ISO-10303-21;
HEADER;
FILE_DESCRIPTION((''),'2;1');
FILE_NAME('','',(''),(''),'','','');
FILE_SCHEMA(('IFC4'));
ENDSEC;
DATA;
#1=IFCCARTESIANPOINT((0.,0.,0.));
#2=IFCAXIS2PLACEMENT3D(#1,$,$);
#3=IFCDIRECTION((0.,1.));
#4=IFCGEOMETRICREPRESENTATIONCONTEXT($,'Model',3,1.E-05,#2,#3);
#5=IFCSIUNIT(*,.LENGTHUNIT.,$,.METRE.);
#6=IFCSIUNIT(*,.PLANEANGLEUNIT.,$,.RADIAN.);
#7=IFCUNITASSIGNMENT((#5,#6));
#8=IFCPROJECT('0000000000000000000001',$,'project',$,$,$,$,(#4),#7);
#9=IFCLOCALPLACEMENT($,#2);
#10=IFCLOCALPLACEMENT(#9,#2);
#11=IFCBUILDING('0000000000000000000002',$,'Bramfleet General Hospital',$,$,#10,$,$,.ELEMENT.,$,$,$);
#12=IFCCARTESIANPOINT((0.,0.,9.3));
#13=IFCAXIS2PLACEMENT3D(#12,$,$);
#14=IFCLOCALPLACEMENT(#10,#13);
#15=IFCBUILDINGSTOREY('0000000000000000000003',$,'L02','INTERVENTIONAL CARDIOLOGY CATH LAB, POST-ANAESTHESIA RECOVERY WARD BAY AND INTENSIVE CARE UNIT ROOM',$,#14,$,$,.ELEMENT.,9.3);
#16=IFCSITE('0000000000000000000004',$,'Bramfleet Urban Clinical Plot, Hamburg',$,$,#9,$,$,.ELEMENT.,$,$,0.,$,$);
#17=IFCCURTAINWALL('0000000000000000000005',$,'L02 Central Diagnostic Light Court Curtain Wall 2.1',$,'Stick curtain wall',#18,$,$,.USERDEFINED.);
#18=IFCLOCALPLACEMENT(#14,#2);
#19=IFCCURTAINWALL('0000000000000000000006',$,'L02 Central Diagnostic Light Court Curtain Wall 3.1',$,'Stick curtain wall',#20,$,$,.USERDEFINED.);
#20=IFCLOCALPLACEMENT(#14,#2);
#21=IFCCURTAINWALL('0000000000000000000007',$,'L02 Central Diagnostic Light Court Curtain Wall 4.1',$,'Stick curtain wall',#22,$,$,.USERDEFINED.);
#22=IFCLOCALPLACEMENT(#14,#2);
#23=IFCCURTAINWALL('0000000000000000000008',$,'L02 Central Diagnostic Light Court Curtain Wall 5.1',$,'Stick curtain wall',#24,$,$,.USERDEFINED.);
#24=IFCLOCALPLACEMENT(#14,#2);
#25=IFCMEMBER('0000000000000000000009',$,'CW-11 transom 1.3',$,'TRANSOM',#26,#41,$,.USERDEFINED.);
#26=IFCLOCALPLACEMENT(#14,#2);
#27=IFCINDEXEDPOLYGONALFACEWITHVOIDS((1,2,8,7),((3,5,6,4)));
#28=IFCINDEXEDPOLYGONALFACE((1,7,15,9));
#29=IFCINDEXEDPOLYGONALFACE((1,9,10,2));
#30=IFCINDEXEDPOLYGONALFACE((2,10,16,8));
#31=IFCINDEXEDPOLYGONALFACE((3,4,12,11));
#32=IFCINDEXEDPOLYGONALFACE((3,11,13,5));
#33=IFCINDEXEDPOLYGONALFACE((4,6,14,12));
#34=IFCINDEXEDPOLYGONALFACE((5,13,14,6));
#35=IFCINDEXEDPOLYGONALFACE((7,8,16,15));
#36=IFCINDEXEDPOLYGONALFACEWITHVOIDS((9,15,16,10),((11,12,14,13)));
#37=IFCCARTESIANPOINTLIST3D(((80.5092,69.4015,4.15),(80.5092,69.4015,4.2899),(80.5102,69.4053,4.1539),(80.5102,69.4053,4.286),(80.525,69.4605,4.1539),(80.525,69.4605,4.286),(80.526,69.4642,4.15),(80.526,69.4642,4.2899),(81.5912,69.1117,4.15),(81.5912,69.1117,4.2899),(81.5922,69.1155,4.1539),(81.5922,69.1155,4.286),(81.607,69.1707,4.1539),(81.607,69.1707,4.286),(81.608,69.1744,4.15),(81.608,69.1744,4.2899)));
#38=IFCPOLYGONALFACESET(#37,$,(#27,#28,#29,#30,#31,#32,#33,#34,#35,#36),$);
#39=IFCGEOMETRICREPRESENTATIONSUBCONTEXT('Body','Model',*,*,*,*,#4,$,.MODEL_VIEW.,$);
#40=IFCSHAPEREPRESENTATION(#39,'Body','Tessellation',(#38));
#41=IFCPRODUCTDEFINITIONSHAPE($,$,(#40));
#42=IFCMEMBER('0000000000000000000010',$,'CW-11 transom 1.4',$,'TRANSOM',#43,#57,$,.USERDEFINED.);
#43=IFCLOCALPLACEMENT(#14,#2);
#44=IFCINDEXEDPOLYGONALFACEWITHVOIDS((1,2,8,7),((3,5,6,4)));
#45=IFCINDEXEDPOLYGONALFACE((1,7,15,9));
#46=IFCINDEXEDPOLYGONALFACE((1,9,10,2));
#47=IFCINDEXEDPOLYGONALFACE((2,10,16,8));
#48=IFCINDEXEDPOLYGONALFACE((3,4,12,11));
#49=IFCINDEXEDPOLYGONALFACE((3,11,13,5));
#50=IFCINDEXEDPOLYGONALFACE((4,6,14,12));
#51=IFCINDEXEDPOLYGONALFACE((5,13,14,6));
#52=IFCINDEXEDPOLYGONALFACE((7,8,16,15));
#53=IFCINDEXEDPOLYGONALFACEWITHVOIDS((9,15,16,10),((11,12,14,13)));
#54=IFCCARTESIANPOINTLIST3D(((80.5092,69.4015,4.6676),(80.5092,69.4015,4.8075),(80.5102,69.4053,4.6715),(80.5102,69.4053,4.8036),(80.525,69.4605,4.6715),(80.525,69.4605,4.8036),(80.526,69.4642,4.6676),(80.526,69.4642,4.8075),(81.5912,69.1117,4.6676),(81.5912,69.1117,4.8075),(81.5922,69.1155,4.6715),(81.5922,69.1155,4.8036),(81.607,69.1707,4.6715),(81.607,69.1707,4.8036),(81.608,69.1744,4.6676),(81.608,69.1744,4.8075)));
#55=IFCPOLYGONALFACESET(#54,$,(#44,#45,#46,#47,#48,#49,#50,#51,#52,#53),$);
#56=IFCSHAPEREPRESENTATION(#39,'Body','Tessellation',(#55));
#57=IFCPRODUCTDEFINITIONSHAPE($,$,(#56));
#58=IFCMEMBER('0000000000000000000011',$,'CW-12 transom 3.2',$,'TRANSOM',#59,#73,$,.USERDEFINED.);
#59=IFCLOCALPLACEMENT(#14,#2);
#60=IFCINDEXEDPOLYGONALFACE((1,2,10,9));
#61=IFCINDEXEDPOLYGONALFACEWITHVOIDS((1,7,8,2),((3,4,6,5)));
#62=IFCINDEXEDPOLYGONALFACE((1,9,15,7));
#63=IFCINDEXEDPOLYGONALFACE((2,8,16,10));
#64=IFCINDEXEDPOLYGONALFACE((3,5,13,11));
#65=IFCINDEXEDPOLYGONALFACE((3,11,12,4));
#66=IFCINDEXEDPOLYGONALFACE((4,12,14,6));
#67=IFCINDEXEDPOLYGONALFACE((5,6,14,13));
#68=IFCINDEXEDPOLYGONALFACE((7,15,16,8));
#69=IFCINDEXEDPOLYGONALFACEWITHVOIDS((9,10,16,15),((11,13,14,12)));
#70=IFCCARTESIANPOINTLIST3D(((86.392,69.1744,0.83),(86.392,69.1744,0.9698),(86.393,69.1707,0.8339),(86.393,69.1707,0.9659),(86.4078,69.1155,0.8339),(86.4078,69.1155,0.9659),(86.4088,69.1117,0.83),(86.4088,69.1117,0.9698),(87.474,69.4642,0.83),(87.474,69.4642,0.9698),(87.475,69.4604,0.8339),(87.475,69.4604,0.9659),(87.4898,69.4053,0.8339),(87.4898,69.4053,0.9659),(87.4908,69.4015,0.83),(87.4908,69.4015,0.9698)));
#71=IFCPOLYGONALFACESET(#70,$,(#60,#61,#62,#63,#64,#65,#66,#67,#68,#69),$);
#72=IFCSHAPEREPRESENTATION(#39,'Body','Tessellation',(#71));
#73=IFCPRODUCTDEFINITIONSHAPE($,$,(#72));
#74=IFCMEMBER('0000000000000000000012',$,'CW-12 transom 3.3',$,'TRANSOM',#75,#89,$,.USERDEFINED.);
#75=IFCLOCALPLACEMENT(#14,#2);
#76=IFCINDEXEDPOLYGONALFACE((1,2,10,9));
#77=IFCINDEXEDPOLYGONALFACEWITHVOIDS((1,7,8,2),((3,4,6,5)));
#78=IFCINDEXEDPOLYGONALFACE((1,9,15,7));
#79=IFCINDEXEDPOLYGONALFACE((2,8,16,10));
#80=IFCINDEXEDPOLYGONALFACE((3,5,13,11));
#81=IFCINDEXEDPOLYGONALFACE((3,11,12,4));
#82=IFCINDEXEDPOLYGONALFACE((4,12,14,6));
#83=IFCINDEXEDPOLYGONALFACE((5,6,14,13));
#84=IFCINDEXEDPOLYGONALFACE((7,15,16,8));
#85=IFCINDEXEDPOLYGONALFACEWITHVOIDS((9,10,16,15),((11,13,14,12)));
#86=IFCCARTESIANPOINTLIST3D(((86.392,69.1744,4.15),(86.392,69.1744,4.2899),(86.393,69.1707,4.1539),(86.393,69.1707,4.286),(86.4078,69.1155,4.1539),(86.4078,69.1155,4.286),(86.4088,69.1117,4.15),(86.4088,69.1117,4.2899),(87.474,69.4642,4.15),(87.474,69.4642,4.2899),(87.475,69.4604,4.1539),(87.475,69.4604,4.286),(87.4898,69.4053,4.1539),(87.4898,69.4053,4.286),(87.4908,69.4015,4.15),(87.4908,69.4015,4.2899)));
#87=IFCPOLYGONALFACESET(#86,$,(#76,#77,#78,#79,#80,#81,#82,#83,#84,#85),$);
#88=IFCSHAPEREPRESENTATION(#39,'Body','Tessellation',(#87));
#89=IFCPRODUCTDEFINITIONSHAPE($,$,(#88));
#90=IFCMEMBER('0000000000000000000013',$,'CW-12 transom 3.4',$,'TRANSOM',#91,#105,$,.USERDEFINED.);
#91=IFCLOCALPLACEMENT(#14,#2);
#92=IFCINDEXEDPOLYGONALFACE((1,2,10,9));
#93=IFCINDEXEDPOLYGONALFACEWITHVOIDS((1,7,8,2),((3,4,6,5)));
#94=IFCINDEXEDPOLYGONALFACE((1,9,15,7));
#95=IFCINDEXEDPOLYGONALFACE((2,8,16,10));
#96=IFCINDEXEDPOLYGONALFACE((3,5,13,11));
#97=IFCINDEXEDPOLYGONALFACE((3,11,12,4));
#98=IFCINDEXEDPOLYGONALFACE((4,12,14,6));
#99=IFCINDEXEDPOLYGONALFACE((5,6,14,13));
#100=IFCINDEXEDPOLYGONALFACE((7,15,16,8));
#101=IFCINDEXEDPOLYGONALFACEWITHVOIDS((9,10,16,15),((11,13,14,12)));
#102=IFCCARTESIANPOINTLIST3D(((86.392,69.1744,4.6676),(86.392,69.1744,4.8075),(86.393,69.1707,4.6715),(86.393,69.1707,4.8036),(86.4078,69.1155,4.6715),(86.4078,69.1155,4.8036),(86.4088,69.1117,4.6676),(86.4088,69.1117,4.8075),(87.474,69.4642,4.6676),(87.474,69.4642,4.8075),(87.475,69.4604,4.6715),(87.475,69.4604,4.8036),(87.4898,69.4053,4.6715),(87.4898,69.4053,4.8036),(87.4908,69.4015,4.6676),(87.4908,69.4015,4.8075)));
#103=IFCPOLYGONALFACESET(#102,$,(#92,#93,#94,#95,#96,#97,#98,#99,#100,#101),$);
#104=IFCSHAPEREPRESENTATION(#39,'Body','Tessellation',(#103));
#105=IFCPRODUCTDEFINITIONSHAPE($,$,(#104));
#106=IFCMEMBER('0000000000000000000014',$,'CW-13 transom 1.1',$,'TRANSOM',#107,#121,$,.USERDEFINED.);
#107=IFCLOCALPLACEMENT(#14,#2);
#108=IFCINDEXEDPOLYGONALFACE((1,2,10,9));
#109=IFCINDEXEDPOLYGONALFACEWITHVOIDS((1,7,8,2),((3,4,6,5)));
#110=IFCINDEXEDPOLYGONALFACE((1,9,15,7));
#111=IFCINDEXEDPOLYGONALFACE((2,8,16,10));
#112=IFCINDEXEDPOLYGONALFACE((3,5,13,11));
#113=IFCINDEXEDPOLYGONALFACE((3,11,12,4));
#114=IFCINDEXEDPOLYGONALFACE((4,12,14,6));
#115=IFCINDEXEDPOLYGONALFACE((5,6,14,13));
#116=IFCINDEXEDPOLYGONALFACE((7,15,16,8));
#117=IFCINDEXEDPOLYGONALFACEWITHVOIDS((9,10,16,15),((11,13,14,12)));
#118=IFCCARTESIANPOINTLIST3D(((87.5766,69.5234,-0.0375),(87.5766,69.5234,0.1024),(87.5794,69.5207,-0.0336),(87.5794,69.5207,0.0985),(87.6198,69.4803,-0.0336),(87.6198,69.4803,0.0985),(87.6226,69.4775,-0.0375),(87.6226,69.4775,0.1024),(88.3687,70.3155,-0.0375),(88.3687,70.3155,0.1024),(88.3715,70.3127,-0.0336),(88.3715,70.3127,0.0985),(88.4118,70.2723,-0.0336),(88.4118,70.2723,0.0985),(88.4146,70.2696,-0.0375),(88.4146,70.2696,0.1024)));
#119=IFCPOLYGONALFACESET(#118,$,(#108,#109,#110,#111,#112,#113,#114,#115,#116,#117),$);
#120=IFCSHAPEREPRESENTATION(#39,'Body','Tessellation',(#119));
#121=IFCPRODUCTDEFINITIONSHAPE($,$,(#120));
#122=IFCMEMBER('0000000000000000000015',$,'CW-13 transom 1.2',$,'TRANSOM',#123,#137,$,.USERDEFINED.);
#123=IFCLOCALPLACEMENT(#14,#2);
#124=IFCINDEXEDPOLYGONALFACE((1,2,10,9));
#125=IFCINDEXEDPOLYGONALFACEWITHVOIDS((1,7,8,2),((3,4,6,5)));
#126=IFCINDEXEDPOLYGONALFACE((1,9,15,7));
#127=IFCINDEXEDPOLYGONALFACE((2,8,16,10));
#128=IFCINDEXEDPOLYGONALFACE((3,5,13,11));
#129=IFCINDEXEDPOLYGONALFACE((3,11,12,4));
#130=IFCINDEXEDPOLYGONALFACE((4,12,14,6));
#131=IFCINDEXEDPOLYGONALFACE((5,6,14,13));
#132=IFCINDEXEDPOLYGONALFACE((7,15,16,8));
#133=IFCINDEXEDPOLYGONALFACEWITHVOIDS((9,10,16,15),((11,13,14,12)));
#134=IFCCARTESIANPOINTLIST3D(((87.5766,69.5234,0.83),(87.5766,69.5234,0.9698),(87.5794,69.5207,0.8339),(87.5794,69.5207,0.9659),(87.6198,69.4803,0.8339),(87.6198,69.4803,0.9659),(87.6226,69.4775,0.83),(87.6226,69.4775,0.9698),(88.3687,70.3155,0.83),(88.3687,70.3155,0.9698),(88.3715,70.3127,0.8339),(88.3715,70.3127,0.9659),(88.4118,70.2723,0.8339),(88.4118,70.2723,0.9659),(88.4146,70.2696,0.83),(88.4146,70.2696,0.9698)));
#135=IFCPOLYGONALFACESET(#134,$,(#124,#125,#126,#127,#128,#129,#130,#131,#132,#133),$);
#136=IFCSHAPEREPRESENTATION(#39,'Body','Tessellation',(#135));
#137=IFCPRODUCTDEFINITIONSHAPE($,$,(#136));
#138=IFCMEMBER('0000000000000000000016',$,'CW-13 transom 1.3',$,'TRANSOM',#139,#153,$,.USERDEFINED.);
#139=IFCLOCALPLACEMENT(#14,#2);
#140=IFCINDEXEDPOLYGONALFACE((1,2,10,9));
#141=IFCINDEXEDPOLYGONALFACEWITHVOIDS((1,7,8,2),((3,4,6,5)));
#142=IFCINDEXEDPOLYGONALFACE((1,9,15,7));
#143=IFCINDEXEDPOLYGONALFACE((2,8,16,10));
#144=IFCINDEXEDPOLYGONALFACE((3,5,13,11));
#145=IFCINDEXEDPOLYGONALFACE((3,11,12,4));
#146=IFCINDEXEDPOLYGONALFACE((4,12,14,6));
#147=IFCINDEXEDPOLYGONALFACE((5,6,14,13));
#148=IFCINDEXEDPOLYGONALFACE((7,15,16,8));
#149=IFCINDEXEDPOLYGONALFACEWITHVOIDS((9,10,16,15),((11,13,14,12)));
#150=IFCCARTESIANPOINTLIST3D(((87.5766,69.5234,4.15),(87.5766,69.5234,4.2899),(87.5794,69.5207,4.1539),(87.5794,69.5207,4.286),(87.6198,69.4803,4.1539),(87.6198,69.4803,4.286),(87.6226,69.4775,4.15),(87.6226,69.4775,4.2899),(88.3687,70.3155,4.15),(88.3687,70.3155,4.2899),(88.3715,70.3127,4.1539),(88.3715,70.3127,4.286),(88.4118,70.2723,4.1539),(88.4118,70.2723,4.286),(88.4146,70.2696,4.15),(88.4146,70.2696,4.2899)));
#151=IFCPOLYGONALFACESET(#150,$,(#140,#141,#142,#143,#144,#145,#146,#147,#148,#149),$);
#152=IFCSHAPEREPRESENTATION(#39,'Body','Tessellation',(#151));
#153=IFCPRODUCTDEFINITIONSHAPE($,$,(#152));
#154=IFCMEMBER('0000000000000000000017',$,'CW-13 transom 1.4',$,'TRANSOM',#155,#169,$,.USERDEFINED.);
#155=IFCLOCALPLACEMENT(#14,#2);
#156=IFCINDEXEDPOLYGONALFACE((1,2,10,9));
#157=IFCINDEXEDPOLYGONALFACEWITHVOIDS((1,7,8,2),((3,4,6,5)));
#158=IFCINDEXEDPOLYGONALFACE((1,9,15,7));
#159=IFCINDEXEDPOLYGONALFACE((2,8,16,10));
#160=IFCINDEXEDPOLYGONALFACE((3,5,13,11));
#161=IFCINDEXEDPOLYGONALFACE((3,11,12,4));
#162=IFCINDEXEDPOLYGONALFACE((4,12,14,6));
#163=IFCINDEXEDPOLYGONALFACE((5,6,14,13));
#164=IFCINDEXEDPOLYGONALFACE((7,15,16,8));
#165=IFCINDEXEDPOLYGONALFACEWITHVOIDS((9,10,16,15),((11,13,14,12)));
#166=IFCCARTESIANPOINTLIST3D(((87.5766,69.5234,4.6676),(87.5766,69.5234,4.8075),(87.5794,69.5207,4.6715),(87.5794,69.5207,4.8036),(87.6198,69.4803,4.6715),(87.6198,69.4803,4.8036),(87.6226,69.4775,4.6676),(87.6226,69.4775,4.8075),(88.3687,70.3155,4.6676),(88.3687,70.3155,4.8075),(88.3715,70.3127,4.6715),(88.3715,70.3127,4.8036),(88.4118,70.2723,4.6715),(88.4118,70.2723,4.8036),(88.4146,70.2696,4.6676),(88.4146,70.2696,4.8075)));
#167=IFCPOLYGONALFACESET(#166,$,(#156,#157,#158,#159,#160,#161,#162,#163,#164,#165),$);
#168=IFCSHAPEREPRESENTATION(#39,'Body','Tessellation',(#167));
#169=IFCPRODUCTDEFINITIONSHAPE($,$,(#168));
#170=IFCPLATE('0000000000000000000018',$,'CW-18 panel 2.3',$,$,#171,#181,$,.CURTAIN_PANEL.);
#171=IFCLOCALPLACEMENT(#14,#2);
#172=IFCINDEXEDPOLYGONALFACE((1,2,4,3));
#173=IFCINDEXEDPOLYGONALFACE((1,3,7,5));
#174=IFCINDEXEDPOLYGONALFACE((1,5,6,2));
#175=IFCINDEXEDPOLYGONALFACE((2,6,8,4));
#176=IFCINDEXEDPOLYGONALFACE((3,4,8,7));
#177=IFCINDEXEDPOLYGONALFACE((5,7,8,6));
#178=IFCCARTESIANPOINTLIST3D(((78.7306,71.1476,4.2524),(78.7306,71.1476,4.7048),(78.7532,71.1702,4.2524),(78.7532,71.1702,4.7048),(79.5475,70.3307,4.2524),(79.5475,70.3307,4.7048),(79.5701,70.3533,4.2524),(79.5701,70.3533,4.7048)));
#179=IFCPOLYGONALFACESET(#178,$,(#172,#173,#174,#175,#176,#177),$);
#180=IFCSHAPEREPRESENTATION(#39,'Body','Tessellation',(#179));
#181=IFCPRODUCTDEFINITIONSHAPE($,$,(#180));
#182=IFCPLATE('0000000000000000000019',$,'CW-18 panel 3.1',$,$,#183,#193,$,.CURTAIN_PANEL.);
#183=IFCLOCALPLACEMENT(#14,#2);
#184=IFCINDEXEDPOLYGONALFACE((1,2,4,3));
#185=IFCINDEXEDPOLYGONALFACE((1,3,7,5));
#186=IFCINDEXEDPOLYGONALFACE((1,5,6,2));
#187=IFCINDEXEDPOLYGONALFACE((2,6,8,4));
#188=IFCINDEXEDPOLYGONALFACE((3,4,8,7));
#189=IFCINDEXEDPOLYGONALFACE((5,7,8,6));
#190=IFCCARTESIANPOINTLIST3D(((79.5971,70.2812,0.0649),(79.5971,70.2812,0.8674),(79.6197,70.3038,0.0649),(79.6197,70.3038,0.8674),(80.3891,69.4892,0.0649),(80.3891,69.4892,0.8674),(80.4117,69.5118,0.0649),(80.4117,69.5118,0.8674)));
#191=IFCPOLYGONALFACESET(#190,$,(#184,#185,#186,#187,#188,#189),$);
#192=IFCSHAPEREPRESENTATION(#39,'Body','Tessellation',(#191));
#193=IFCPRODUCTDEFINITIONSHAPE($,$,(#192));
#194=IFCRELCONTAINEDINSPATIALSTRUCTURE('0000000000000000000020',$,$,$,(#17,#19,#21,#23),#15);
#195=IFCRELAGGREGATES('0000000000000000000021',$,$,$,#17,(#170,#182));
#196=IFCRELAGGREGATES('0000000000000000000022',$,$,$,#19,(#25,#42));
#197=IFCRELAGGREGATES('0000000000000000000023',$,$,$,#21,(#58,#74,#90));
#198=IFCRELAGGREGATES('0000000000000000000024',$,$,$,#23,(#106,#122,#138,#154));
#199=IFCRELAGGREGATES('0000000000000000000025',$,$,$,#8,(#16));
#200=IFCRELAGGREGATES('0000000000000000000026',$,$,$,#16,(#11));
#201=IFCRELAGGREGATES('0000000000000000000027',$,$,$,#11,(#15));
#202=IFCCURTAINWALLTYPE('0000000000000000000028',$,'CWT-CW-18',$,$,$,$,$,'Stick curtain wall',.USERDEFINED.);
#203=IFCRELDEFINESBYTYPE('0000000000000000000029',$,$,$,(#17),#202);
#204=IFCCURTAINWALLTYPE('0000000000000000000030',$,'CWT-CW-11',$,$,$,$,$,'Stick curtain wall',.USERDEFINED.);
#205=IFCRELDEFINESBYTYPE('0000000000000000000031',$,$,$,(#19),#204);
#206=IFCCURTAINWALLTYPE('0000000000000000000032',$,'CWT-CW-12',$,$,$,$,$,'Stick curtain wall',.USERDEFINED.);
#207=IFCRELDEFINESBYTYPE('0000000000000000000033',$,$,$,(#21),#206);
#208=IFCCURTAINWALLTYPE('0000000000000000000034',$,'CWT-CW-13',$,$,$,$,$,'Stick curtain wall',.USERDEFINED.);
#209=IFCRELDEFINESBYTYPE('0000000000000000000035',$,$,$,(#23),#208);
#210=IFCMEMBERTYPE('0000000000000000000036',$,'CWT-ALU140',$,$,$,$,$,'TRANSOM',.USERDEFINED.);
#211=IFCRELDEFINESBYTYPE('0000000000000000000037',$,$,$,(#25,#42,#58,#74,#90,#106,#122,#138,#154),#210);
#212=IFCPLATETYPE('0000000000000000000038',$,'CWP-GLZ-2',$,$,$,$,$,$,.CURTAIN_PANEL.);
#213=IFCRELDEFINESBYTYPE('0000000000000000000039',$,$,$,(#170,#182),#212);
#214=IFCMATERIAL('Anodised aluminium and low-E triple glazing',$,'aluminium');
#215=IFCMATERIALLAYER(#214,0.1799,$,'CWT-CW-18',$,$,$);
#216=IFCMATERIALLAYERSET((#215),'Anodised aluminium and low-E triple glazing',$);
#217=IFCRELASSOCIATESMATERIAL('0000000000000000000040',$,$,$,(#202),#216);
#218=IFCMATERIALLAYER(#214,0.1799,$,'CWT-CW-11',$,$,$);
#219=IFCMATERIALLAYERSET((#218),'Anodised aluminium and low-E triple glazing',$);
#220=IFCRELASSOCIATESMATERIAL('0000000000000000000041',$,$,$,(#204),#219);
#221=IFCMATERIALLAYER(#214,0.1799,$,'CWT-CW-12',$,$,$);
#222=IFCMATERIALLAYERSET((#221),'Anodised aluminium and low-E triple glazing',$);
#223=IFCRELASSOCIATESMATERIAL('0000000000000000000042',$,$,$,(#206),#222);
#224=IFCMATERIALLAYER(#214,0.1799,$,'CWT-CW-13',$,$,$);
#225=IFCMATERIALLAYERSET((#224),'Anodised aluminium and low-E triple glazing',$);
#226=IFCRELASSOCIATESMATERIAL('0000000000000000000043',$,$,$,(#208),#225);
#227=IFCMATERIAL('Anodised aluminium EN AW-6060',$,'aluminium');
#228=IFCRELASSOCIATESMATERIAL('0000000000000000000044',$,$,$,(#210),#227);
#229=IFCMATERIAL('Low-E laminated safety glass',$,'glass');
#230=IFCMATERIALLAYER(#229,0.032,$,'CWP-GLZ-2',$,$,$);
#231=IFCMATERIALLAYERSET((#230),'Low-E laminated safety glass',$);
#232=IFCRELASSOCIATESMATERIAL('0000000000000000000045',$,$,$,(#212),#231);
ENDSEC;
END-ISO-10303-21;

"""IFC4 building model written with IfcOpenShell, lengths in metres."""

from ifc_helpers import new_model, si_unit, direction, frame, origin, origin_2d, place, context, subcontext, project, spatial, rectangle, hollow_rectangle, extrude, material, layer, layer_set, material_profile, profile_set, type_object, element, aggregate, save


model = new_model("IFC4")

# Units and contexts
model_context = context("Model", 3, precision=1e-05, world=origin(), true_north=direction((0.0, 1.0)))
body_context = subcontext(model_context, "Body", "Model", "MODEL_VIEW")
ifc_project = project(units=[si_unit("LENGTHUNIT", "METRE"), si_unit("PLANEANGLEUNIT", "RADIAN")], contexts=[model_context])

# Site, building, storey
site_placement = place(None, origin())
site = spatial("IfcSite", under=ifc_project, at=site_placement, Name="Bramfleet Urban Clinical Plot, Hamburg", CompositionType="ELEMENT", RefElevation=0.0)
building_placement = place(site_placement, origin())
building = spatial("IfcBuilding", under=site, at=building_placement, Name="Bramfleet General Hospital", CompositionType="ELEMENT")
storey_placement = place(building_placement, frame((0.0, 0.0, 9.3)))
storey = spatial("IfcBuildingStorey", under=building, at=storey_placement, Name="L02", Description="INTERVENTIONAL CARDIOLOGY CATH LAB, POST-ANAESTHESIA RECOVERY WARD BAY AND INTENSIVE CARE UNIT ROOM", CompositionType="ELEMENT", Elevation=9.3)

# Curtain wall
ifc_material_1 = material(Name="Anodised aluminium and low-E triple glazing", Category="aluminium")
ifc_layer_1 = layer(ifc_material_1, 0.1799, Name="CWT-CW-18")
ifc_layer_set_1 = layer_set([ifc_layer_1], Name="Anodised aluminium and low-E triple glazing")
curtain_wall_type_1 = type_object("IfcCurtainWallType", Name="CWT-CW-18", ElementType="Stick curtain wall", PredefinedType="USERDEFINED", material=ifc_layer_set_1)
curtain_wall_1_placement = place(storey_placement, origin())
curtain_wall_1 = element("IfcCurtainWall", 1, at=curtain_wall_1_placement, inside=storey, type_object=curtain_wall_type_1, Name="L02 Central Diagnostic Light Court Curtain Wall 2.1", ObjectType="Stick curtain wall", PredefinedType="USERDEFINED")
ifc_material_2 = material(Name="Anodised aluminium EN AW-6060", Category="aluminium")

# Curtain walls
ifc_layer_2 = layer(ifc_material_1, 0.1799, Name="CWT-CW-11")
ifc_layer_set_2 = layer_set([ifc_layer_2], Name="Anodised aluminium and low-E triple glazing")
curtain_wall_type_2 = type_object("IfcCurtainWallType", Name="CWT-CW-11", ElementType="Stick curtain wall", PredefinedType="USERDEFINED", material=ifc_layer_set_2)
curtain_wall_2_placement = place(storey_placement, origin())
curtain_wall_2 = element("IfcCurtainWall", 2, at=curtain_wall_2_placement, inside=storey, type_object=curtain_wall_type_2, Name="L02 Central Diagnostic Light Court Curtain Wall 3.1", ObjectType="Stick curtain wall", PredefinedType="USERDEFINED")
ifc_layer_3 = layer(ifc_material_1, 0.1799, Name="CWT-CW-12")
ifc_layer_set_3 = layer_set([ifc_layer_3], Name="Anodised aluminium and low-E triple glazing")
curtain_wall_type_3 = type_object("IfcCurtainWallType", Name="CWT-CW-12", ElementType="Stick curtain wall", PredefinedType="USERDEFINED", material=ifc_layer_set_3)
curtain_wall_3_placement = place(storey_placement, origin())
curtain_wall_3 = element("IfcCurtainWall", 3, at=curtain_wall_3_placement, inside=storey, type_object=curtain_wall_type_3, Name="L02 Central Diagnostic Light Court Curtain Wall 4.1", ObjectType="Stick curtain wall", PredefinedType="USERDEFINED")
ifc_layer_4 = layer(ifc_material_1, 0.1799, Name="CWT-CW-13")
ifc_layer_set_4 = layer_set([ifc_layer_4], Name="Anodised aluminium and low-E triple glazing")
curtain_wall_type_4 = type_object("IfcCurtainWallType", Name="CWT-CW-13", ElementType="Stick curtain wall", PredefinedType="USERDEFINED", material=ifc_layer_set_4)
curtain_wall_4_placement = place(storey_placement, origin())
curtain_wall_4 = element("IfcCurtainWall", 4, at=curtain_wall_4_placement, inside=storey, type_object=curtain_wall_type_4, Name="L02 Central Diagnostic Light Court Curtain Wall 5.1", ObjectType="Stick curtain wall", PredefinedType="USERDEFINED")

# Members
ifc_material_profile_1 = material_profile(ifc_material_2, hollow_rectangle(XDim=0.0649, YDim=0.1399, WallThickness=0.0039, at=origin_2d()), Name="ALU 140x65x4.0")
ifc_profile_set_1 = profile_set([ifc_material_profile_1], Name="Anodised aluminium EN AW-6060")
member_type_1 = type_object("IfcMemberType", Name="CWT-ALU140", ElementType="TRANSOM", PredefinedType="USERDEFINED", material=ifc_profile_set_1)
member_1_placement = place(storey_placement, frame((80.5176, 69.4329, 4.22), z_axis=(0.965956, -0.258707, 0.0), x_axis=(0.258707, 0.965956, 0.0)))
member_1 = element("IfcMember", 5, at=member_1_placement, type_object=member_type_1, Name="CW-11 transom 1.3", ObjectType="TRANSOM", PredefinedType="USERDEFINED", context=body_context, shape_type="SweptSolid", body=[
    extrude(hollow_rectangle(XDim=0.0649, YDim=0.1399, WallThickness=0.0039, at=origin_2d()), origin(), (0.0, 0.0, 1.0), 1.1201),
])
member_2_placement = place(storey_placement, frame((80.5176, 69.4329, 4.7375), z_axis=(0.965956, -0.258707, 0.0), x_axis=(0.258707, 0.965956, 0.0)))
member_2 = element("IfcMember", 6, at=member_2_placement, type_object=member_type_1, Name="CW-11 transom 1.4", ObjectType="TRANSOM", PredefinedType="USERDEFINED", context=body_context, shape_type="SweptSolid", body=[
    extrude(hollow_rectangle(XDim=0.0649, YDim=0.1399, WallThickness=0.0039, at=origin_2d()), origin(), (0.0, 0.0, 1.0), 1.1201),
])
member_3_placement = place(storey_placement, frame((86.4004, 69.1431, 0.8999), z_axis=(0.965956, 0.258707, 0.0), x_axis=(-0.258707, 0.965956, 0.0)))
member_3 = element("IfcMember", 7, at=member_3_placement, type_object=member_type_1, Name="CW-12 transom 3.2", ObjectType="TRANSOM", PredefinedType="USERDEFINED", context=body_context, shape_type="SweptSolid", body=[
    extrude(hollow_rectangle(XDim=0.0649, YDim=0.1399, WallThickness=0.0039, at=origin_2d()), origin(), (0.0, 0.0, 1.0), 1.1201),
])
member_4_placement = place(storey_placement, frame((86.4004, 69.1431, 4.22), z_axis=(0.965956, 0.258707, 0.0), x_axis=(-0.258707, 0.965956, 0.0)))
member_4 = element("IfcMember", 8, at=member_4_placement, type_object=member_type_1, Name="CW-12 transom 3.3", ObjectType="TRANSOM", PredefinedType="USERDEFINED", context=body_context, shape_type="SweptSolid", body=[
    extrude(hollow_rectangle(XDim=0.0649, YDim=0.1399, WallThickness=0.0039, at=origin_2d()), origin(), (0.0, 0.0, 1.0), 1.1201),
])
member_5_placement = place(storey_placement, frame((86.4004, 69.1431, 4.7375), z_axis=(0.965956, 0.258707, 0.0), x_axis=(-0.258707, 0.965956, 0.0)))
member_5 = element("IfcMember", 9, at=member_5_placement, type_object=member_type_1, Name="CW-12 transom 3.4", ObjectType="TRANSOM", PredefinedType="USERDEFINED", context=body_context, shape_type="SweptSolid", body=[
    extrude(hollow_rectangle(XDim=0.0649, YDim=0.1399, WallThickness=0.0039, at=origin_2d()), origin(), (0.0, 0.0, 1.0), 1.1201),
])
member_6_placement = place(storey_placement, frame((87.5996, 69.5005, 0.0325), z_axis=(0.707107, 0.707107, 0.0), x_axis=(-0.707107, 0.707107, 0.0)))
member_6 = element("IfcMember", 10, at=member_6_placement, type_object=member_type_1, Name="CW-13 transom 1.1", ObjectType="TRANSOM", PredefinedType="USERDEFINED", context=body_context, shape_type="SweptSolid", body=[
    extrude(hollow_rectangle(XDim=0.0649, YDim=0.1399, WallThickness=0.0039, at=origin_2d()), origin(), (0.0, 0.0, 1.0), 1.1201),
])
member_7_placement = place(storey_placement, frame((87.5996, 69.5005, 0.8999), z_axis=(0.707107, 0.707107, 0.0), x_axis=(-0.707107, 0.707107, 0.0)))
member_7 = element("IfcMember", 11, at=member_7_placement, type_object=member_type_1, Name="CW-13 transom 1.2", ObjectType="TRANSOM", PredefinedType="USERDEFINED", context=body_context, shape_type="SweptSolid", body=[
    extrude(hollow_rectangle(XDim=0.0649, YDim=0.1399, WallThickness=0.0039, at=origin_2d()), origin(), (0.0, 0.0, 1.0), 1.1201),
])
member_8_placement = place(storey_placement, frame((87.5996, 69.5005, 4.22), z_axis=(0.707107, 0.707107, 0.0), x_axis=(-0.707107, 0.707107, 0.0)))
member_8 = element("IfcMember", 12, at=member_8_placement, type_object=member_type_1, Name="CW-13 transom 1.3", ObjectType="TRANSOM", PredefinedType="USERDEFINED", context=body_context, shape_type="SweptSolid", body=[
    extrude(hollow_rectangle(XDim=0.0649, YDim=0.1399, WallThickness=0.0039, at=origin_2d()), origin(), (0.0, 0.0, 1.0), 1.1201),
])
member_9_placement = place(storey_placement, frame((87.5996, 69.5005, 4.7375), z_axis=(0.707107, 0.707107, 0.0), x_axis=(-0.707107, 0.707107, 0.0)))
member_9 = element("IfcMember", 13, at=member_9_placement, type_object=member_type_1, Name="CW-13 transom 1.4", ObjectType="TRANSOM", PredefinedType="USERDEFINED", context=body_context, shape_type="SweptSolid", body=[
    extrude(hollow_rectangle(XDim=0.0649, YDim=0.1399, WallThickness=0.0039, at=origin_2d()), origin(), (0.0, 0.0, 1.0), 1.1201),
])

# Plates
ifc_material_3 = material(Name="Low-E laminated safety glass", Category="glass")
ifc_layer_5 = layer(ifc_material_3, 0.032, Name="CWP-GLZ-2")
ifc_layer_set_5 = layer_set([ifc_layer_5], Name="Low-E laminated safety glass")
plate_type = type_object("IfcPlateType", Name="CWP-GLZ-2", PredefinedType="CURTAIN_PANEL", material=ifc_layer_set_5)
plate_1_placement = place(storey_placement, frame((79.1504, 70.7505, 4.2524), z_axis=(0.0, 0.0, 1.0), x_axis=(0.707107, -0.707107, 0.0)))
plate_1 = element("IfcPlate", 14, at=plate_1_placement, type_object=plate_type, Name="CW-18 panel 2.3", PredefinedType="CURTAIN_PANEL", context=body_context, shape_type="SweptSolid", body=[
    extrude(rectangle(XDim=1.1553, YDim=0.032, at=origin_2d()), origin(), (0.0, 0.0, 1.0), 0.4524),
])
plate_2_placement = place(storey_placement, frame((80.0044, 69.8965, 0.0649), z_axis=(0.0, 0.0, 1.0), x_axis=(0.707107, -0.707107, 0.0)))
plate_2 = element("IfcPlate", 15, at=plate_2_placement, type_object=plate_type, Name="CW-18 panel 3.1", PredefinedType="CURTAIN_PANEL", context=body_context, shape_type="SweptSolid", body=[
    extrude(rectangle(XDim=1.1201, YDim=0.032, at=origin_2d()), origin(), (0.0, 0.0, 1.0), 0.8025),
])
aggregate(curtain_wall_1, [plate_1, plate_2])
aggregate(curtain_wall_2, [member_1, member_2])
aggregate(curtain_wall_3, [member_3, member_4, member_5])
aggregate(curtain_wall_4, [member_6, member_7, member_8, member_9])

save(model, "model.ifc")
